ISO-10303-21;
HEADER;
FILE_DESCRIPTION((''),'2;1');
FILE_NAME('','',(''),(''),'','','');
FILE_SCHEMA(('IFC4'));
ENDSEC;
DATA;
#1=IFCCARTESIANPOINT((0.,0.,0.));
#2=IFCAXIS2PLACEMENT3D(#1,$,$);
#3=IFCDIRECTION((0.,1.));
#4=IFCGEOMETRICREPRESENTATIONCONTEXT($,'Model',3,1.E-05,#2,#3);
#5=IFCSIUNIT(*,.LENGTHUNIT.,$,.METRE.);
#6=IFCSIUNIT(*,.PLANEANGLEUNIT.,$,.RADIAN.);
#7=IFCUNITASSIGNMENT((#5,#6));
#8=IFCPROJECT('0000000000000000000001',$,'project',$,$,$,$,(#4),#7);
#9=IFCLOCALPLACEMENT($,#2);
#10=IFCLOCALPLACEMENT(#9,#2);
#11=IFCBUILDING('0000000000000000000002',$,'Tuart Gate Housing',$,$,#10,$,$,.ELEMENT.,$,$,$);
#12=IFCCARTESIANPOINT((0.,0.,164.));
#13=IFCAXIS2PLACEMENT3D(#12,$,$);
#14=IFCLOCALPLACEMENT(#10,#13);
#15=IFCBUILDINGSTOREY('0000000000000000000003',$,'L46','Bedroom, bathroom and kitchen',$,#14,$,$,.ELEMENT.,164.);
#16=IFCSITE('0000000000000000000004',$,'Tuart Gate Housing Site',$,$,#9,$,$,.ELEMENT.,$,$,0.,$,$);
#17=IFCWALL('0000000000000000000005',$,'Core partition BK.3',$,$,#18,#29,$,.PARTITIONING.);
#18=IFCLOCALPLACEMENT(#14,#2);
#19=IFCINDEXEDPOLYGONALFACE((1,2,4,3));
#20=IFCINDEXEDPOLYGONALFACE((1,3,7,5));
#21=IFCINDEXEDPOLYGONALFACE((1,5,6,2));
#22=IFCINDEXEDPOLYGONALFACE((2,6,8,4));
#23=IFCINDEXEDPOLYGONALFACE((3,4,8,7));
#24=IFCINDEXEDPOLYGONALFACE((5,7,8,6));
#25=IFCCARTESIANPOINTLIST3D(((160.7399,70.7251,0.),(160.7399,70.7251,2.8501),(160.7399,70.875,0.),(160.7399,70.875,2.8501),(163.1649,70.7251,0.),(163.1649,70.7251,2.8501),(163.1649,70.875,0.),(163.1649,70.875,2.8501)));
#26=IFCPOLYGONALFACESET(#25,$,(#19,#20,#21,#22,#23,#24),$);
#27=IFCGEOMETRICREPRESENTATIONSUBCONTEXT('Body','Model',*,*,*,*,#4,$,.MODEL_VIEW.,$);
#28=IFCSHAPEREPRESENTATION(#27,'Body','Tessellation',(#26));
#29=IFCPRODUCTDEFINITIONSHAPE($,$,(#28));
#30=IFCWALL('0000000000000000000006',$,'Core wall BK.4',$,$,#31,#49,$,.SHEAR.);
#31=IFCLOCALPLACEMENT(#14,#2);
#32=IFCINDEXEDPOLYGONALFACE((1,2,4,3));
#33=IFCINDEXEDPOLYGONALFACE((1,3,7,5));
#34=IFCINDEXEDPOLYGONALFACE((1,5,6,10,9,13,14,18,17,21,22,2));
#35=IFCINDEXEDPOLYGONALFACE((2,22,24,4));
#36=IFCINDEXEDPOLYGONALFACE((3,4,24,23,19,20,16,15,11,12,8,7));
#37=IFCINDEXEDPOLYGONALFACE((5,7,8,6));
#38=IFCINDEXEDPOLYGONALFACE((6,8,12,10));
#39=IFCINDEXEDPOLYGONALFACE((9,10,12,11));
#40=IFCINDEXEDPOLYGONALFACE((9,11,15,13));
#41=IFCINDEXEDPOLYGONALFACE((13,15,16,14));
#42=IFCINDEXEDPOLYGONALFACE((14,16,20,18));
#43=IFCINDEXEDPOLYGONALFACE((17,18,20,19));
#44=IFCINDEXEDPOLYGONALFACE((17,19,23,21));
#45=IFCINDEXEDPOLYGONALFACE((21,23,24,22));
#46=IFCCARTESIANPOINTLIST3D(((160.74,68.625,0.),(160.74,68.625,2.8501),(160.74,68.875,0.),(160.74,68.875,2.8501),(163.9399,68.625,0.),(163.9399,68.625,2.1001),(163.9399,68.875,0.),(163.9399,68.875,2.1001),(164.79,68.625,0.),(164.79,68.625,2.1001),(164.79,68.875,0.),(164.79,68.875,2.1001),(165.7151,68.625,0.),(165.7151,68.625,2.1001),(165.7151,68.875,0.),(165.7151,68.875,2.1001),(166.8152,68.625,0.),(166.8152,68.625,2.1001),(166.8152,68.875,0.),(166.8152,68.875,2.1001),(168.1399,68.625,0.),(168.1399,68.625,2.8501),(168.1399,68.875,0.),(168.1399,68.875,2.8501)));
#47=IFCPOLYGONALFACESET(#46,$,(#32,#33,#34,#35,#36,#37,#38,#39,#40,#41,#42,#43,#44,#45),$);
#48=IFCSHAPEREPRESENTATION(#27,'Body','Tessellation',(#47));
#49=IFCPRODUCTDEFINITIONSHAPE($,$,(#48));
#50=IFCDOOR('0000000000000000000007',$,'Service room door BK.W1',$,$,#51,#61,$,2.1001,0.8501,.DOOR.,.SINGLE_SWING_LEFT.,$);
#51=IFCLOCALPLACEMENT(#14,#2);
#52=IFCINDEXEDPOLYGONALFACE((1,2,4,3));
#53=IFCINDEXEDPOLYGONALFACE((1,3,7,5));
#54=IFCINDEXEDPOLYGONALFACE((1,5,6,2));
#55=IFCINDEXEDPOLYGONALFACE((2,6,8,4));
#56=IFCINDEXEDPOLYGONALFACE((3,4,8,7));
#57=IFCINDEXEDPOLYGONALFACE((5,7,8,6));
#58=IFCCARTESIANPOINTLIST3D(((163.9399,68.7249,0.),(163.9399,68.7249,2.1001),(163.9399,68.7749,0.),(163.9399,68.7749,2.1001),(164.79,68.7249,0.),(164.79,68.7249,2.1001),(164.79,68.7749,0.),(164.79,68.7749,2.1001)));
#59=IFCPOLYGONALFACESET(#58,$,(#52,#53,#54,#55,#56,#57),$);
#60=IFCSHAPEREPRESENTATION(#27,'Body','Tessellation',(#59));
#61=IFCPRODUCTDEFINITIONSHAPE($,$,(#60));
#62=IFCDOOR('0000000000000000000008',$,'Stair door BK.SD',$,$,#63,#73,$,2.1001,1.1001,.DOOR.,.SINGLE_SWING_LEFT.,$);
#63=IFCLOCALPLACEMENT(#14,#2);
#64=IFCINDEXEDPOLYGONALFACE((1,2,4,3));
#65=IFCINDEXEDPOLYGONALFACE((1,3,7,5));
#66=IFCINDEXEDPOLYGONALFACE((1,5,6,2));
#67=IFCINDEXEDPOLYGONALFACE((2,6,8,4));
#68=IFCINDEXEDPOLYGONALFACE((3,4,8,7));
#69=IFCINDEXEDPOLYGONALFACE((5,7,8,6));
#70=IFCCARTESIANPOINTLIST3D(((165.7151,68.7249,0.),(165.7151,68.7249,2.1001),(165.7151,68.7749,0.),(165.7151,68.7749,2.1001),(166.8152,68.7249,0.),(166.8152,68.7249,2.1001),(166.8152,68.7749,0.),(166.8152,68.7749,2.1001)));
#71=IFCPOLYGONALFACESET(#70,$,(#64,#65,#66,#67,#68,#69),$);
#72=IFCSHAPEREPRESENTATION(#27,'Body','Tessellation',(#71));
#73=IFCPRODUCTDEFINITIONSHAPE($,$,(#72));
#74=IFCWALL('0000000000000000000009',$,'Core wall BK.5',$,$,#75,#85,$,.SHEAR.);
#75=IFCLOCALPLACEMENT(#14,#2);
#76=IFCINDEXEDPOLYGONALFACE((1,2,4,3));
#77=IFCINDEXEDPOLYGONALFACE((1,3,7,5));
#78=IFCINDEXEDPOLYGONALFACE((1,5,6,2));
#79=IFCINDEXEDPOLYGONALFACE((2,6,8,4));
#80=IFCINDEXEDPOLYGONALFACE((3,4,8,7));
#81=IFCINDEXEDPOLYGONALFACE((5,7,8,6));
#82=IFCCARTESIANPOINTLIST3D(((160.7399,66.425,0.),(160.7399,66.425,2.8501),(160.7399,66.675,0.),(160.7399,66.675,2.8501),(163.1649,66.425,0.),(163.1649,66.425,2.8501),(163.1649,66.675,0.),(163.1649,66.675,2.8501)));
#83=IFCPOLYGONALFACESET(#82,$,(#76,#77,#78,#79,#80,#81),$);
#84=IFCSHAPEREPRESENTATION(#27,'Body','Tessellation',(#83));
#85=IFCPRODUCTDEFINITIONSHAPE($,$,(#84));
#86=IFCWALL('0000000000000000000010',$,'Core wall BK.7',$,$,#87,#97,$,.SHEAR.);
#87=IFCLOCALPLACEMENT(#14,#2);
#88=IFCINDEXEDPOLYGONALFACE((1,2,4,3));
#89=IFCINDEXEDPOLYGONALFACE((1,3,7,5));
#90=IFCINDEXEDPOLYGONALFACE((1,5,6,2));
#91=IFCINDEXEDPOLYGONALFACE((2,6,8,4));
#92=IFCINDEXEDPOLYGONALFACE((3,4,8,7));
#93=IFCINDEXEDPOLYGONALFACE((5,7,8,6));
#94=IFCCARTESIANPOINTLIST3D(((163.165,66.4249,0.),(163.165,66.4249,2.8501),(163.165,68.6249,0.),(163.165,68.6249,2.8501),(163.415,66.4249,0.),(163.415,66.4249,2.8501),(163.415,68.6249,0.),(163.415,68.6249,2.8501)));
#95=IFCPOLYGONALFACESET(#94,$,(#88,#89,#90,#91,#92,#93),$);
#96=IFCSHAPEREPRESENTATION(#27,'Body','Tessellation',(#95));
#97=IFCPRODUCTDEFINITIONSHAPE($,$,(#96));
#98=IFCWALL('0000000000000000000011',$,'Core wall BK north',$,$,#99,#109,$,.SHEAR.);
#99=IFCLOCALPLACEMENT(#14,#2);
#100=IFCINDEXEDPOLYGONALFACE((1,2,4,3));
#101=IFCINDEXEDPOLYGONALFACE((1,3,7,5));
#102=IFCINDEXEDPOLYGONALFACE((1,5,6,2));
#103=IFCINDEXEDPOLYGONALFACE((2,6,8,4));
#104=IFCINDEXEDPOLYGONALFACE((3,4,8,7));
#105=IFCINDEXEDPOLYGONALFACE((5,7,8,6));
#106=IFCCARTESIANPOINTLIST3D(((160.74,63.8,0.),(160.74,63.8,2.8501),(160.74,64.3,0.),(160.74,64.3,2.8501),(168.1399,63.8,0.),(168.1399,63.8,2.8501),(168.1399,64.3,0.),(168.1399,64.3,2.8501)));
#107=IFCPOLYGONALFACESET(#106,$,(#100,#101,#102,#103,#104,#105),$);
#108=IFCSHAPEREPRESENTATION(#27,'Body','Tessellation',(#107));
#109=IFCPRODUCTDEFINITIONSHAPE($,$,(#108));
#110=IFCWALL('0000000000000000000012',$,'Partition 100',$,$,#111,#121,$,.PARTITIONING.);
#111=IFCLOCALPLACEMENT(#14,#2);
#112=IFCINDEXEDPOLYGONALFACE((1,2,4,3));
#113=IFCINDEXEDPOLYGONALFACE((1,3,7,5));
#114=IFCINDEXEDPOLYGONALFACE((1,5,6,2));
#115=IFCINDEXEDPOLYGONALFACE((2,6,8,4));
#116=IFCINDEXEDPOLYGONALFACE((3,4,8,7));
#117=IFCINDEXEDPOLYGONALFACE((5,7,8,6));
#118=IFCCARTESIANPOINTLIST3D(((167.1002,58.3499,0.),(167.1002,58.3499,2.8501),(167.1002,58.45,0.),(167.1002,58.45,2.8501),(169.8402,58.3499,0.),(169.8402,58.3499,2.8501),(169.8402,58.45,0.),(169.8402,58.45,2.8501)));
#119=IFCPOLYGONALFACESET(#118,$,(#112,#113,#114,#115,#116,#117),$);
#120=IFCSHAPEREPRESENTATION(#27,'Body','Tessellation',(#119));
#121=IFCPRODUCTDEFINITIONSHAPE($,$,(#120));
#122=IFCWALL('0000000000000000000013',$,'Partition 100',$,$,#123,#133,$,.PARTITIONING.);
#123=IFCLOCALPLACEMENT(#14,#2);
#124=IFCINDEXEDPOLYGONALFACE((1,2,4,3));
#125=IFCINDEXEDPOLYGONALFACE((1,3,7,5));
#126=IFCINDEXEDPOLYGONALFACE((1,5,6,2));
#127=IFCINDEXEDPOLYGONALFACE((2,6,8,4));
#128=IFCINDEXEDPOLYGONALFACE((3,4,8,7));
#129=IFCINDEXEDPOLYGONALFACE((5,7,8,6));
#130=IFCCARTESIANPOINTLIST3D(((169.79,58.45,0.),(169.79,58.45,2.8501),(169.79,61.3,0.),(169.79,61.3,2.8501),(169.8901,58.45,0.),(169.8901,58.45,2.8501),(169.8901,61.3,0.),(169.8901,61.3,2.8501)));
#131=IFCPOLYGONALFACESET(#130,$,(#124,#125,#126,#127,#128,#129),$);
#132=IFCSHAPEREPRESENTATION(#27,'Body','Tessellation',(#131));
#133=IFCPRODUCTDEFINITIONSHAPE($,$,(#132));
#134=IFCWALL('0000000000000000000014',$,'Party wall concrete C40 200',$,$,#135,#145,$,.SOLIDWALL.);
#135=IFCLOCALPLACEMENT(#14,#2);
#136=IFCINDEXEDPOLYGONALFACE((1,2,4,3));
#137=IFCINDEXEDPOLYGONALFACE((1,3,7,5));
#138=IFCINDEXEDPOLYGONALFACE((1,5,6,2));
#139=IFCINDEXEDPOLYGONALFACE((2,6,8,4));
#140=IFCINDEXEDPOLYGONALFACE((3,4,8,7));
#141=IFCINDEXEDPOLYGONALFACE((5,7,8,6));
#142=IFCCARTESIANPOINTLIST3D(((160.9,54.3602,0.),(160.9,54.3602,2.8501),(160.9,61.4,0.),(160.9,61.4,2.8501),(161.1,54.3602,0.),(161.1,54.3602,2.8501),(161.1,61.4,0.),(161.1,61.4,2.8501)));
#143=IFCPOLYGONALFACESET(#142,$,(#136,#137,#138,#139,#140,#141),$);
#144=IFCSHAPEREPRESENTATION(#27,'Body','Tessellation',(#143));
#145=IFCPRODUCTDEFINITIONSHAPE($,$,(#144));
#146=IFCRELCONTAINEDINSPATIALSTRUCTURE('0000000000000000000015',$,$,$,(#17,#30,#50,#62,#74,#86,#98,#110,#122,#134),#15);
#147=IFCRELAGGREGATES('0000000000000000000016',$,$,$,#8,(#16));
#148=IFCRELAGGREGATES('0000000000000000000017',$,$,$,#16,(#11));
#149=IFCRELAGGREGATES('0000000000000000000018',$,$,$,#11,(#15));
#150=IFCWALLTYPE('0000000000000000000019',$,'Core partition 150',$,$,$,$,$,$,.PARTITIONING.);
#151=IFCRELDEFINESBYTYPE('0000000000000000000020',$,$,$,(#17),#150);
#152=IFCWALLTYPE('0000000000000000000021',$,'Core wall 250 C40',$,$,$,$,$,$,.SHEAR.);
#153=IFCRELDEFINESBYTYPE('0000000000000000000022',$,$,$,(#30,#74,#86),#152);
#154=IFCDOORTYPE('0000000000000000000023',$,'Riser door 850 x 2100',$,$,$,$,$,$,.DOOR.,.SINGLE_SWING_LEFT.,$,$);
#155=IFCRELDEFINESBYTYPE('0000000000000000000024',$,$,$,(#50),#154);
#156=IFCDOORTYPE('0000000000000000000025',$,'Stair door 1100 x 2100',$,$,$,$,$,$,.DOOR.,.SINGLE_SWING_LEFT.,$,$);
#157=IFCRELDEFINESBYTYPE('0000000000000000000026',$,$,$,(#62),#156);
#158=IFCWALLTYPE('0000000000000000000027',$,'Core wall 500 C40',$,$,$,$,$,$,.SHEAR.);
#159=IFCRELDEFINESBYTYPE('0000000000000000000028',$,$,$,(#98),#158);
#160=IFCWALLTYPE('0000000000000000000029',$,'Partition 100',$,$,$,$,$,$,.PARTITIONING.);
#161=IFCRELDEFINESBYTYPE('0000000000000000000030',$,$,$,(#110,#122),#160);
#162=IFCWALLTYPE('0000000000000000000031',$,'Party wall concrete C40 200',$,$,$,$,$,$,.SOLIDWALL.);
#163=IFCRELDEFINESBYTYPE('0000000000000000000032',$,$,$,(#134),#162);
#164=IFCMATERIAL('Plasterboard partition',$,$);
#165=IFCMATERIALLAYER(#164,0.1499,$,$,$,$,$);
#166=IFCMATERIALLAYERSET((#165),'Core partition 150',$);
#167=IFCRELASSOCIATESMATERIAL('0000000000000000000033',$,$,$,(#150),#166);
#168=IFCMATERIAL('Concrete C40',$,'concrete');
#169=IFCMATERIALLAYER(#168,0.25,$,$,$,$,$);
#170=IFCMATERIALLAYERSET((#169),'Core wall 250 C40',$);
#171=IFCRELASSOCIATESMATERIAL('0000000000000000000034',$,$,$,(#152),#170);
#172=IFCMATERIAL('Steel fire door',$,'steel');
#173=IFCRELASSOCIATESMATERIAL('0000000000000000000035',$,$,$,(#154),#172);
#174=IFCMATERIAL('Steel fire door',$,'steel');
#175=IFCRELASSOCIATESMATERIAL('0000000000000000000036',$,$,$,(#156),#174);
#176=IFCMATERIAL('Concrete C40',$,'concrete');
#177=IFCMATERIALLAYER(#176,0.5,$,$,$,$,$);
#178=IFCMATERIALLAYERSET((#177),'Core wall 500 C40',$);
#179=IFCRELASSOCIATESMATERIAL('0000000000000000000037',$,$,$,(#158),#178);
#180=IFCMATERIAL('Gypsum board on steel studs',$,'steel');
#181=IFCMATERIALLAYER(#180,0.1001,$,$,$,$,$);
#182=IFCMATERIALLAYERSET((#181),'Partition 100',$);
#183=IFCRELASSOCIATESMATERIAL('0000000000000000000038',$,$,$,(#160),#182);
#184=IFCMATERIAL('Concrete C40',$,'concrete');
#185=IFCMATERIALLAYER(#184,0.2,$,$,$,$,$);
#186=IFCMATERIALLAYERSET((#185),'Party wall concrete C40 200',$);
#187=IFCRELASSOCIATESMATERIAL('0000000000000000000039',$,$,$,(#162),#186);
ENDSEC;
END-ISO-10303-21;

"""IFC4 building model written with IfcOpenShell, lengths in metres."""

from ifc_helpers import new_model, si_unit, direction, frame, frame_2d, origin, place, context, subcontext, project, spatial, rectangle, extrude, material, layer, layer_set, type_object, element, fill, save


model = new_model("IFC4")

# Units and contexts
model_context = context("Model", 3, precision=1e-05, world=origin(), true_north=direction((0.0, 1.0)))
body_context = subcontext(model_context, "Body", "Model", "MODEL_VIEW")
ifc_project = project(units=[si_unit("LENGTHUNIT", "METRE"), si_unit("PLANEANGLEUNIT", "RADIAN")], contexts=[model_context])

# Site, building, storey
site_placement = place(None, origin())
site = spatial("IfcSite", under=ifc_project, at=site_placement, Name="Tuart Gate Housing Site", CompositionType="ELEMENT", RefElevation=0.0)
building_placement = place(site_placement, origin())
building = spatial("IfcBuilding", under=site, at=building_placement, Name="Tuart Gate Housing", CompositionType="ELEMENT")
storey_placement = place(building_placement, frame((0.0, 0.0, 164.0)))
storey = spatial("IfcBuildingStorey", under=building, at=storey_placement, Name="L46", Description="Bedroom, bathroom and kitchen", CompositionType="ELEMENT", Elevation=164.0)

# Wall
ifc_material_1 = material(Name="Plasterboard partition")
ifc_layer_1 = layer(ifc_material_1, 0.1499)
ifc_layer_set_1 = layer_set([ifc_layer_1], Name="Core partition 150")
wall_type_1 = type_object("IfcWallType", Name="Core partition 150", PredefinedType="PARTITIONING", material=ifc_layer_set_1)
wall_1_placement = place(storey_placement, frame((160.74, 70.8, 0.0), z_axis=(0.0, 0.0, 1.0), x_axis=(1.0, 0.0, 0.0)))
element("IfcWall", 1, at=wall_1_placement, inside=storey, type_object=wall_type_1, Name="Core partition BK.3", PredefinedType="PARTITIONING", context=body_context, shape_type="SweptSolid", body=[
    extrude(rectangle(XDim=2.425, YDim=0.1499, at=frame_2d((1.2124, 0.0))), origin(), (0.0, 0.0, 1.0), 2.8501),
])

# Wall, openings, doors
ifc_material_2 = material(Name="Concrete C40", Category="concrete")
ifc_layer_2 = layer(ifc_material_2, 0.25)
ifc_layer_set_2 = layer_set([ifc_layer_2], Name="Core wall 250 C40")
wall_type_2 = type_object("IfcWallType", Name="Core wall 250 C40", PredefinedType="SHEAR", material=ifc_layer_set_2)
wall_2_placement = place(storey_placement, frame((160.74, 68.75, 0.0), z_axis=(0.0, 0.0, 1.0), x_axis=(1.0, 0.0, 0.0)))
wall_2 = element("IfcWall", 2, at=wall_2_placement, inside=storey, type_object=wall_type_2, Name="Core wall BK.4", PredefinedType="SHEAR", context=body_context, shape_type="SweptSolid", body=[
    extrude(rectangle(XDim=7.3999, YDim=0.25, at=frame_2d((3.7, 0.0))), origin(), (0.0, 0.0, 1.0), 2.8501),
])
opening_1_placement = place(wall_2_placement, frame((4.9751, 0.0, 0.0)))
opening_1 = element("IfcOpeningElement", 3, at=opening_1_placement, cuts=wall_2, PredefinedType="OPENING", context=body_context, shape_type="SweptSolid", body=[
    extrude(rectangle(XDim=1.1001, YDim=2.1001, at=frame_2d((0.55, 1.05))), frame((0.0, 0.135, 0.0), z_axis=(0.0, -1.0, 0.0), x_axis=(1.0, 0.0, 0.0)), (0.0, 0.0, 1.0), 0.27),
])
opening_2_placement = place(wall_2_placement, frame((3.2, 0.0, 0.0)))
opening_2 = element("IfcOpeningElement", 4, at=opening_2_placement, cuts=wall_2, PredefinedType="OPENING", context=body_context, shape_type="SweptSolid", body=[
    extrude(rectangle(XDim=0.8501, YDim=2.1001, at=frame_2d((0.425, 1.05))), frame((0.0, 0.135, 0.0), z_axis=(0.0, -1.0, 0.0), x_axis=(1.0, 0.0, 0.0)), (0.0, 0.0, 1.0), 0.27),
])
ifc_material_3 = material(Name="Steel fire door", Category="steel")
door_type_1 = type_object("IfcDoorType", Name="Riser door 850 x 2100", OperationType="SINGLE_SWING_LEFT", PredefinedType="DOOR", material=ifc_material_3)
door_1_placement = place(opening_2_placement, origin())
door_1 = element("IfcDoor", 5, at=door_1_placement, inside=storey, type_object=door_type_1, Name="Service room door BK.W1", OperationType="SINGLE_SWING_LEFT", OverallHeight=2.1001, OverallWidth=0.8501, PredefinedType="DOOR", context=body_context, shape_type="SweptSolid", body=[
    extrude(rectangle(XDim=0.8501, YDim=2.1001, at=frame_2d((0.425, 1.05))), frame((0.0, 0.0249, 0.0), z_axis=(0.0, -1.0, 0.0), x_axis=(1.0, 0.0, 0.0)), (0.0, 0.0, 1.0), 0.05),
])
fill(opening_2, door_1)
ifc_material_4 = material(Name="Steel fire door", Category="steel")
door_type_2 = type_object("IfcDoorType", Name="Stair door 1100 x 2100", OperationType="SINGLE_SWING_LEFT", PredefinedType="DOOR", material=ifc_material_4)
door_2_placement = place(opening_1_placement, origin())
door_2 = element("IfcDoor", 6, at=door_2_placement, inside=storey, type_object=door_type_2, Name="Stair door BK.SD", OperationType="SINGLE_SWING_LEFT", OverallHeight=2.1001, OverallWidth=1.1001, PredefinedType="DOOR", context=body_context, shape_type="SweptSolid", body=[
    extrude(rectangle(XDim=1.1001, YDim=2.1001, at=frame_2d((0.55, 1.05))), frame((0.0, 0.0249, 0.0), z_axis=(0.0, -1.0, 0.0), x_axis=(1.0, 0.0, 0.0)), (0.0, 0.0, 1.0), 0.05),
])
fill(opening_1, door_2)

# Walls
wall_3_placement = place(storey_placement, frame((160.74, 66.55, 0.0), z_axis=(0.0, 0.0, 1.0), x_axis=(1.0, 0.0, 0.0)))
element("IfcWall", 7, at=wall_3_placement, inside=storey, type_object=wall_type_2, Name="Core wall BK.5", PredefinedType="SHEAR", context=body_context, shape_type="SweptSolid", body=[
    extrude(rectangle(XDim=2.425, YDim=0.25, at=frame_2d((1.2124, 0.0))), origin(), (0.0, 0.0, 1.0), 2.8501),
])
wall_4_placement = place(storey_placement, frame((163.29, 68.625, 0.0), z_axis=(0.0, 0.0, 1.0), x_axis=(0.0, -1.0, 0.0)))
element("IfcWall", 8, at=wall_4_placement, inside=storey, type_object=wall_type_2, Name="Core wall BK.7", PredefinedType="SHEAR", context=body_context, shape_type="SweptSolid", body=[
    extrude(rectangle(XDim=2.2, YDim=0.25, at=frame_2d((1.1001, 0.0))), origin(), (0.0, 0.0, 1.0), 2.8501),
])
ifc_material_5 = material(Name="Concrete C40", Category="concrete")
ifc_layer_3 = layer(ifc_material_5, 0.5)
ifc_layer_set_3 = layer_set([ifc_layer_3], Name="Core wall 500 C40")
wall_type_3 = type_object("IfcWallType", Name="Core wall 500 C40", PredefinedType="SHEAR", material=ifc_layer_set_3)
wall_5_placement = place(storey_placement, frame((160.74, 64.05, 0.0), z_axis=(0.0, 0.0, 1.0), x_axis=(1.0, 0.0, 0.0)))
element("IfcWall", 9, at=wall_5_placement, inside=storey, type_object=wall_type_3, Name="Core wall BK north", PredefinedType="SHEAR", context=body_context, shape_type="SweptSolid", body=[
    extrude(rectangle(XDim=7.3999, YDim=0.5, at=frame_2d((3.7, 0.0))), origin(), (0.0, 0.0, 1.0), 2.8501),
])
ifc_material_6 = material(Name="Gypsum board on steel studs", Category="steel")
ifc_layer_4 = layer(ifc_material_6, 0.1001)
ifc_layer_set_4 = layer_set([ifc_layer_4], Name="Partition 100")
wall_type_4 = type_object("IfcWallType", Name="Partition 100", PredefinedType="PARTITIONING", material=ifc_layer_set_4)
wall_6_placement = place(storey_placement, frame((167.1001, 58.3999, 0.0), z_axis=(0.0, 0.0, 1.0), x_axis=(1.0, 0.0, 0.0)))
element("IfcWall", 10, at=wall_6_placement, inside=storey, type_object=wall_type_4, Name="Partition 100", PredefinedType="PARTITIONING", context=body_context, shape_type="SweptSolid", body=[
    extrude(rectangle(XDim=2.74, YDim=0.1001, at=frame_2d((1.3701, 0.0))), origin(), (0.0, 0.0, 1.0), 2.8501),
])
wall_7_placement = place(storey_placement, frame((169.8401, 58.45, 0.0), z_axis=(0.0, 0.0, 1.0), x_axis=(0.0, 1.0, 0.0)))
element("IfcWall", 11, at=wall_7_placement, inside=storey, type_object=wall_type_4, Name="Partition 100", PredefinedType="PARTITIONING", context=body_context, shape_type="SweptSolid", body=[
    extrude(rectangle(XDim=2.8501, YDim=0.1001, at=frame_2d((1.425, 0.0))), origin(), (0.0, 0.0, 1.0), 2.8501),
])
ifc_material_7 = material(Name="Concrete C40", Category="concrete")
ifc_layer_5 = layer(ifc_material_7, 0.2)
ifc_layer_set_5 = layer_set([ifc_layer_5], Name="Party wall concrete C40 200")
wall_type_5 = type_object("IfcWallType", Name="Party wall concrete C40 200", PredefinedType="SOLIDWALL", material=ifc_layer_set_5)
wall_8_placement = place(storey_placement, frame((161.0, 54.3601, 0.0), z_axis=(0.0, 0.0, 1.0), x_axis=(0.0, 1.0, 0.0)))
element("IfcWall", 12, at=wall_8_placement, inside=storey, type_object=wall_type_5, Name="Party wall concrete C40 200", PredefinedType="SOLIDWALL", context=body_context, shape_type="SweptSolid", body=[
    extrude(rectangle(XDim=7.0398, YDim=0.2, at=frame_2d((3.52, 0.0))), origin(), (0.0, 0.0, 1.0), 2.8501),
])

save(model, "model.ifc")
